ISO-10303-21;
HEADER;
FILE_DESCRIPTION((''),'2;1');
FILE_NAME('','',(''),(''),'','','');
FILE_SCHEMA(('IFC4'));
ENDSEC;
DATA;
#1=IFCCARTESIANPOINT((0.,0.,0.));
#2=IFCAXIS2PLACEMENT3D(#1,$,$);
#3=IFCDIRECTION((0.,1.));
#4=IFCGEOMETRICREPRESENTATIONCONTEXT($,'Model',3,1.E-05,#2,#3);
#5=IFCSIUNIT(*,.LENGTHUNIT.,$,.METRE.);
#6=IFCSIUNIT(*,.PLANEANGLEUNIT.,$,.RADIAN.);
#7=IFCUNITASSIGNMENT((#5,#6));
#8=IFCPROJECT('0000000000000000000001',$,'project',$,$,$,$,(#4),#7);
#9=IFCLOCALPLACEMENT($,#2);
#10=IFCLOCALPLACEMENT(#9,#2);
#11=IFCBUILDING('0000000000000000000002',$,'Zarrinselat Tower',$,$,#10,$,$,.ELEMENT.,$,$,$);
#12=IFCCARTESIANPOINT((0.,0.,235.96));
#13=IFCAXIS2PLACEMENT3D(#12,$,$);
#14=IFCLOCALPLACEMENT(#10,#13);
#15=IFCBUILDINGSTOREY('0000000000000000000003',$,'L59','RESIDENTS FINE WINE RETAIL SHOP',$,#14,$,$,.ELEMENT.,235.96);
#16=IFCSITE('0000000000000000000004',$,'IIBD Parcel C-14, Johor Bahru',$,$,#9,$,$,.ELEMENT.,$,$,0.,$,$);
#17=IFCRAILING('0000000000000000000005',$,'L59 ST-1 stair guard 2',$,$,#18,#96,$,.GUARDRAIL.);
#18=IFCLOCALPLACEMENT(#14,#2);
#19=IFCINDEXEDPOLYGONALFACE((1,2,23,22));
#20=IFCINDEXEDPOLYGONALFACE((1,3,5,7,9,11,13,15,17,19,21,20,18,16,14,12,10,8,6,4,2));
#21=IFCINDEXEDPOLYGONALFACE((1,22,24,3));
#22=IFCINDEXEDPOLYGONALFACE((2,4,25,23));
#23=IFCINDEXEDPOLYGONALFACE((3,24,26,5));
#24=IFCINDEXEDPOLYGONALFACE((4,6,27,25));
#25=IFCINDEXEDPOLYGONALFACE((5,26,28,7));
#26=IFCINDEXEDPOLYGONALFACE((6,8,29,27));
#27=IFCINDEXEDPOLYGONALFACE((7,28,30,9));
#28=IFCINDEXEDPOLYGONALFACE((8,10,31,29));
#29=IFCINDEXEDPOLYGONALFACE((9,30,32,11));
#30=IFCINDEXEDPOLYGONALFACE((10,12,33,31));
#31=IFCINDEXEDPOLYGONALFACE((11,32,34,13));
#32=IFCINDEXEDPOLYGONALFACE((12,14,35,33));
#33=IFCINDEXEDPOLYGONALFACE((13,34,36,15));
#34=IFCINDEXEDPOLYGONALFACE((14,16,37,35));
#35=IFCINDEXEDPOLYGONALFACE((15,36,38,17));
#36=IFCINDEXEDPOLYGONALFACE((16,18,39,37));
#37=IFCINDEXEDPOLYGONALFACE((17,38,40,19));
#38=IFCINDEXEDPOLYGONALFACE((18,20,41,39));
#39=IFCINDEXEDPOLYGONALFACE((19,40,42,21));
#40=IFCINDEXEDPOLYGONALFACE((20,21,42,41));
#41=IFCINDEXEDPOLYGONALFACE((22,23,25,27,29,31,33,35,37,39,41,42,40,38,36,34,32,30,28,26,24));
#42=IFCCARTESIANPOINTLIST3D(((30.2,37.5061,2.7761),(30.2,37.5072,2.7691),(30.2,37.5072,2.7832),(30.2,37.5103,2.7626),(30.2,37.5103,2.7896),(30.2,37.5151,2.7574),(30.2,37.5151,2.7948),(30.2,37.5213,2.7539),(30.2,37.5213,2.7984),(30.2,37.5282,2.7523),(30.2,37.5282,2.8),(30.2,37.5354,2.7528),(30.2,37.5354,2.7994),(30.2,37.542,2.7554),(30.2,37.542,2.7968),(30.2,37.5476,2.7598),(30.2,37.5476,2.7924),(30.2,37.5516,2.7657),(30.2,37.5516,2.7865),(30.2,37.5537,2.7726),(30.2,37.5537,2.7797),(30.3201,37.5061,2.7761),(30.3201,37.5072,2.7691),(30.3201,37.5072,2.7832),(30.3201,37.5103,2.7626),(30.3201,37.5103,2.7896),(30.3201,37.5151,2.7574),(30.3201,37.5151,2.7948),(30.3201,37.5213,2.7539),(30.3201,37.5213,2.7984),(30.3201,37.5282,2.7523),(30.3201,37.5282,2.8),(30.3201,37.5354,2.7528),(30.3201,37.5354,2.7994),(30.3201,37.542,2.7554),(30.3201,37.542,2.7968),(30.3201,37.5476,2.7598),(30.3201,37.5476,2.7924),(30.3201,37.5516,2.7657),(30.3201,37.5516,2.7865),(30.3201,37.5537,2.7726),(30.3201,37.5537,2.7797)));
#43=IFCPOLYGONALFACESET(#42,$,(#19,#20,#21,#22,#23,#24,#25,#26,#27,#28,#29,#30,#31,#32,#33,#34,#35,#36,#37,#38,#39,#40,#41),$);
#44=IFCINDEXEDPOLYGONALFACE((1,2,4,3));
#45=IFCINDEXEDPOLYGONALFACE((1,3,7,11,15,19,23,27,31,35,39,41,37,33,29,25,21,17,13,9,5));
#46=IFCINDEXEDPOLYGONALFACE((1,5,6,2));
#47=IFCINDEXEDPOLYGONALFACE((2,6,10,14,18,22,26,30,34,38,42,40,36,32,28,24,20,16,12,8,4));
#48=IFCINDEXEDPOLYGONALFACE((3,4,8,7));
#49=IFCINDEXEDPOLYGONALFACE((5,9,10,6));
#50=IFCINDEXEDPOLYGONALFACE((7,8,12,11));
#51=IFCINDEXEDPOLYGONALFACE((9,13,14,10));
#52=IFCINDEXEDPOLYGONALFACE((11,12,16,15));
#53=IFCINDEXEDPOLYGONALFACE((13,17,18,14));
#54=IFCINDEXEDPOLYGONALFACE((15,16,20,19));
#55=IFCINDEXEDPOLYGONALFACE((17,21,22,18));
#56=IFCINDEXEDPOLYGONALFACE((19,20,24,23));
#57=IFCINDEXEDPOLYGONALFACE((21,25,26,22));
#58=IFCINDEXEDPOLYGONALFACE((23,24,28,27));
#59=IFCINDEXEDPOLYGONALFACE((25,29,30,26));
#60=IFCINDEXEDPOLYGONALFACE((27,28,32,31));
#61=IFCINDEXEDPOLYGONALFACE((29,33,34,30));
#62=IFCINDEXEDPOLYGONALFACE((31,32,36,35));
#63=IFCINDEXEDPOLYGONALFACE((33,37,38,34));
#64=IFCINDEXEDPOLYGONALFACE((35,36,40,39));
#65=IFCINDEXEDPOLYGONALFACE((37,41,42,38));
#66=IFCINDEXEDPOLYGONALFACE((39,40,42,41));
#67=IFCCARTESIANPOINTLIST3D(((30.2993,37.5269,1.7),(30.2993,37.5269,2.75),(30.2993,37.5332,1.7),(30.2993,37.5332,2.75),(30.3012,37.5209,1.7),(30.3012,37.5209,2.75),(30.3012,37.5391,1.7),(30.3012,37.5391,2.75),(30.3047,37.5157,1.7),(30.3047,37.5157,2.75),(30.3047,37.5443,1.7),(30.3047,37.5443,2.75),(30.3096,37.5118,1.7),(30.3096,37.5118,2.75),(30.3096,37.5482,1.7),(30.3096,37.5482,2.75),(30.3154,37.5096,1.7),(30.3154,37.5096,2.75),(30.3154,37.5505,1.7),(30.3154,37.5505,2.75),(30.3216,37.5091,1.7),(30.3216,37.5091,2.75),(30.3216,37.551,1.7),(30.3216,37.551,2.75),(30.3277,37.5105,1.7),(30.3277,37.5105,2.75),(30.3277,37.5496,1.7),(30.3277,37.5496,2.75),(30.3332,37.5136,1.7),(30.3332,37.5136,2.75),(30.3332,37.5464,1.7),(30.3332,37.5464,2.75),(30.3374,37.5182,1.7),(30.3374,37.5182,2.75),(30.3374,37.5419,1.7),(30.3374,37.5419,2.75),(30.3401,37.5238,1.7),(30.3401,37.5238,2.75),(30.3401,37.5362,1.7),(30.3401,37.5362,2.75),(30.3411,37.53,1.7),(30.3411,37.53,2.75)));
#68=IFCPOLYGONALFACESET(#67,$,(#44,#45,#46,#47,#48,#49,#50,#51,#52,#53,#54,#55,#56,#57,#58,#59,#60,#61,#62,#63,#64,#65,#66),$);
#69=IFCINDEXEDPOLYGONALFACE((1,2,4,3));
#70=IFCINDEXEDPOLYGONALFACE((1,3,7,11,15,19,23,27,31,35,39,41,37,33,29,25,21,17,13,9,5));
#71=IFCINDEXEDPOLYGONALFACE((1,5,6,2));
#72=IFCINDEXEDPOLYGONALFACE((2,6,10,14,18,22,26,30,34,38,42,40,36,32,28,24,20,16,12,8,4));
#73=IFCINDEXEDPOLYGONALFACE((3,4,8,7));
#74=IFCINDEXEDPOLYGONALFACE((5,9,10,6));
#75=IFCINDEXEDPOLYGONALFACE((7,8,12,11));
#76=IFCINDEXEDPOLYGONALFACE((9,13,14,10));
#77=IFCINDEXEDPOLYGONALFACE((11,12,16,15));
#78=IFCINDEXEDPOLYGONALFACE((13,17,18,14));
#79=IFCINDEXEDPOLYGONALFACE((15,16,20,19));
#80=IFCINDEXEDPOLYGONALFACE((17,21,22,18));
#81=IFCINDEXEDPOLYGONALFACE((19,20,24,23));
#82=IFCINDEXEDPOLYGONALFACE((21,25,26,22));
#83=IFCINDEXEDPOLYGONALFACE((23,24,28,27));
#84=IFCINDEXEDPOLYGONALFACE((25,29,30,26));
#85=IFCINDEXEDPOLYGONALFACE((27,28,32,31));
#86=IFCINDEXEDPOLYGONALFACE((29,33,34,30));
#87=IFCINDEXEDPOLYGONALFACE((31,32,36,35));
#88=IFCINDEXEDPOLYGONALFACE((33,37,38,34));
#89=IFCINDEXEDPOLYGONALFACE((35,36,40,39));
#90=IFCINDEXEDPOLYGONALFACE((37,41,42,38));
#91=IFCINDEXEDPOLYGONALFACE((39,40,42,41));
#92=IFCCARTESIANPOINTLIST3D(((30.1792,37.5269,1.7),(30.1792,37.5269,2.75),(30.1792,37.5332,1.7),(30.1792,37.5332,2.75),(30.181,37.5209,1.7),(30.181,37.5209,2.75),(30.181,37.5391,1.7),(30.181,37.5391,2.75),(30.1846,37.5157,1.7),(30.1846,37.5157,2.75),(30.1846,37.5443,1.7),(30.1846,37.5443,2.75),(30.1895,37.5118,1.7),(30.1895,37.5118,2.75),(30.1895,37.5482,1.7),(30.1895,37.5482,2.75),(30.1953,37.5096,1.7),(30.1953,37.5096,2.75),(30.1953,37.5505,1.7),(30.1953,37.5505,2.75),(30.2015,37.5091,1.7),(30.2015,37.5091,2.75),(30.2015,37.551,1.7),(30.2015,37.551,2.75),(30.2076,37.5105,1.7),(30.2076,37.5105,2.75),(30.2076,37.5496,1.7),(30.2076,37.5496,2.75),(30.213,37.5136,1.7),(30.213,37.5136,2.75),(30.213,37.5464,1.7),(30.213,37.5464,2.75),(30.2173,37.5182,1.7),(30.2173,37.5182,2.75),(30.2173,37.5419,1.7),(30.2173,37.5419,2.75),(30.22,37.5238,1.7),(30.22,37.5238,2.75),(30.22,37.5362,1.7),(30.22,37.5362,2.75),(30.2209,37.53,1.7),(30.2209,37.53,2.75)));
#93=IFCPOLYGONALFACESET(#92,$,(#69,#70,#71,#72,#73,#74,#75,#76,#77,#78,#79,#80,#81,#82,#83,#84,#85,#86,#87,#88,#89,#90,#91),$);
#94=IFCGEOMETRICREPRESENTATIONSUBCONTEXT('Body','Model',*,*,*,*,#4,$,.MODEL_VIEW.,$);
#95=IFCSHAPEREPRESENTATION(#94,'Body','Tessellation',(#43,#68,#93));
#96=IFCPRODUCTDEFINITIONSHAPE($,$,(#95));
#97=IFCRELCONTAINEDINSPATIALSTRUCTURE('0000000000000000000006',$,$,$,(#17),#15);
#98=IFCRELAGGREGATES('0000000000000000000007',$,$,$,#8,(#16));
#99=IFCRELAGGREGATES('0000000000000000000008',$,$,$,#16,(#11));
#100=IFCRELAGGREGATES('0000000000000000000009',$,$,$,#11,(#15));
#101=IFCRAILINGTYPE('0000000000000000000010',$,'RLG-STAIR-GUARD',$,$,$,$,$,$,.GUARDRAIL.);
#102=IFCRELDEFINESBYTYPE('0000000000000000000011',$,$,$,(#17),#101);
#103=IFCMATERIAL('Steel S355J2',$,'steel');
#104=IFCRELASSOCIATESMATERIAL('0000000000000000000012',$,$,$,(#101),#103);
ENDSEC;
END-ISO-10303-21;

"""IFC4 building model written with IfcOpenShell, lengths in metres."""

from ifc_helpers import new_model, si_unit, direction, frame, origin, origin_2d, place, context, subcontext, project, spatial, circle, extrude, material, type_object, element, save


model = new_model("IFC4")

# Units and contexts
model_context = context("Model", 3, precision=1e-05, world=origin(), true_north=direction((0.0, 1.0)))
body_context = subcontext(model_context, "Body", "Model", "MODEL_VIEW")
ifc_project = project(units=[si_unit("LENGTHUNIT", "METRE"), si_unit("PLANEANGLEUNIT", "RADIAN")], contexts=[model_context])

# Site, building, storey
site_placement = place(None, origin())
site = spatial("IfcSite", under=ifc_project, at=site_placement, Name="IIBD Parcel C-14, Johor Bahru", CompositionType="ELEMENT", RefElevation=0.0)
building_placement = place(site_placement, origin())
building = spatial("IfcBuilding", under=site, at=building_placement, Name="Zarrinselat Tower", CompositionType="ELEMENT")
storey_placement = place(building_placement, frame((0.0, 0.0, 235.96)))
storey = spatial("IfcBuildingStorey", under=building, at=storey_placement, Name="L59", Description="RESIDENTS FINE WINE RETAIL SHOP", CompositionType="ELEMENT", Elevation=235.96)

# Railing
ifc_material_1 = material(Name="Steel S355J2", Category="steel")
railing_type_1 = type_object("IfcRailingType", Name="RLG-STAIR-GUARD", PredefinedType="GUARDRAIL", material=ifc_material_1)
railing_1_placement = place(storey_placement, frame((30.3201, 37.53, 1.7)))
element("IfcRailing", 1, at=railing_1_placement, inside=storey, type_object=railing_type_1, Name="L59 ST-1 stair guard 2", PredefinedType="GUARDRAIL", context=body_context, shape_type="SweptSolid", body=[
    extrude(circle(Radius=0.0239, at=origin_2d()), frame((0.0, 0.0, 1.0762), z_axis=(-1.0, 0.0, 0.0), x_axis=(0.0, -1.0, 0.0)), (0.0, 0.0, 1.0), 0.1201),
    extrude(circle(Radius=0.021, at=origin_2d()), origin(), (0.0, 0.0, 1.0), 1.05),
    extrude(circle(Radius=0.021, at=origin_2d()), frame((-0.1201, 0.0, 0.0)), (0.0, 0.0, 1.0), 1.05),
])

save(model, "model.ifc")
